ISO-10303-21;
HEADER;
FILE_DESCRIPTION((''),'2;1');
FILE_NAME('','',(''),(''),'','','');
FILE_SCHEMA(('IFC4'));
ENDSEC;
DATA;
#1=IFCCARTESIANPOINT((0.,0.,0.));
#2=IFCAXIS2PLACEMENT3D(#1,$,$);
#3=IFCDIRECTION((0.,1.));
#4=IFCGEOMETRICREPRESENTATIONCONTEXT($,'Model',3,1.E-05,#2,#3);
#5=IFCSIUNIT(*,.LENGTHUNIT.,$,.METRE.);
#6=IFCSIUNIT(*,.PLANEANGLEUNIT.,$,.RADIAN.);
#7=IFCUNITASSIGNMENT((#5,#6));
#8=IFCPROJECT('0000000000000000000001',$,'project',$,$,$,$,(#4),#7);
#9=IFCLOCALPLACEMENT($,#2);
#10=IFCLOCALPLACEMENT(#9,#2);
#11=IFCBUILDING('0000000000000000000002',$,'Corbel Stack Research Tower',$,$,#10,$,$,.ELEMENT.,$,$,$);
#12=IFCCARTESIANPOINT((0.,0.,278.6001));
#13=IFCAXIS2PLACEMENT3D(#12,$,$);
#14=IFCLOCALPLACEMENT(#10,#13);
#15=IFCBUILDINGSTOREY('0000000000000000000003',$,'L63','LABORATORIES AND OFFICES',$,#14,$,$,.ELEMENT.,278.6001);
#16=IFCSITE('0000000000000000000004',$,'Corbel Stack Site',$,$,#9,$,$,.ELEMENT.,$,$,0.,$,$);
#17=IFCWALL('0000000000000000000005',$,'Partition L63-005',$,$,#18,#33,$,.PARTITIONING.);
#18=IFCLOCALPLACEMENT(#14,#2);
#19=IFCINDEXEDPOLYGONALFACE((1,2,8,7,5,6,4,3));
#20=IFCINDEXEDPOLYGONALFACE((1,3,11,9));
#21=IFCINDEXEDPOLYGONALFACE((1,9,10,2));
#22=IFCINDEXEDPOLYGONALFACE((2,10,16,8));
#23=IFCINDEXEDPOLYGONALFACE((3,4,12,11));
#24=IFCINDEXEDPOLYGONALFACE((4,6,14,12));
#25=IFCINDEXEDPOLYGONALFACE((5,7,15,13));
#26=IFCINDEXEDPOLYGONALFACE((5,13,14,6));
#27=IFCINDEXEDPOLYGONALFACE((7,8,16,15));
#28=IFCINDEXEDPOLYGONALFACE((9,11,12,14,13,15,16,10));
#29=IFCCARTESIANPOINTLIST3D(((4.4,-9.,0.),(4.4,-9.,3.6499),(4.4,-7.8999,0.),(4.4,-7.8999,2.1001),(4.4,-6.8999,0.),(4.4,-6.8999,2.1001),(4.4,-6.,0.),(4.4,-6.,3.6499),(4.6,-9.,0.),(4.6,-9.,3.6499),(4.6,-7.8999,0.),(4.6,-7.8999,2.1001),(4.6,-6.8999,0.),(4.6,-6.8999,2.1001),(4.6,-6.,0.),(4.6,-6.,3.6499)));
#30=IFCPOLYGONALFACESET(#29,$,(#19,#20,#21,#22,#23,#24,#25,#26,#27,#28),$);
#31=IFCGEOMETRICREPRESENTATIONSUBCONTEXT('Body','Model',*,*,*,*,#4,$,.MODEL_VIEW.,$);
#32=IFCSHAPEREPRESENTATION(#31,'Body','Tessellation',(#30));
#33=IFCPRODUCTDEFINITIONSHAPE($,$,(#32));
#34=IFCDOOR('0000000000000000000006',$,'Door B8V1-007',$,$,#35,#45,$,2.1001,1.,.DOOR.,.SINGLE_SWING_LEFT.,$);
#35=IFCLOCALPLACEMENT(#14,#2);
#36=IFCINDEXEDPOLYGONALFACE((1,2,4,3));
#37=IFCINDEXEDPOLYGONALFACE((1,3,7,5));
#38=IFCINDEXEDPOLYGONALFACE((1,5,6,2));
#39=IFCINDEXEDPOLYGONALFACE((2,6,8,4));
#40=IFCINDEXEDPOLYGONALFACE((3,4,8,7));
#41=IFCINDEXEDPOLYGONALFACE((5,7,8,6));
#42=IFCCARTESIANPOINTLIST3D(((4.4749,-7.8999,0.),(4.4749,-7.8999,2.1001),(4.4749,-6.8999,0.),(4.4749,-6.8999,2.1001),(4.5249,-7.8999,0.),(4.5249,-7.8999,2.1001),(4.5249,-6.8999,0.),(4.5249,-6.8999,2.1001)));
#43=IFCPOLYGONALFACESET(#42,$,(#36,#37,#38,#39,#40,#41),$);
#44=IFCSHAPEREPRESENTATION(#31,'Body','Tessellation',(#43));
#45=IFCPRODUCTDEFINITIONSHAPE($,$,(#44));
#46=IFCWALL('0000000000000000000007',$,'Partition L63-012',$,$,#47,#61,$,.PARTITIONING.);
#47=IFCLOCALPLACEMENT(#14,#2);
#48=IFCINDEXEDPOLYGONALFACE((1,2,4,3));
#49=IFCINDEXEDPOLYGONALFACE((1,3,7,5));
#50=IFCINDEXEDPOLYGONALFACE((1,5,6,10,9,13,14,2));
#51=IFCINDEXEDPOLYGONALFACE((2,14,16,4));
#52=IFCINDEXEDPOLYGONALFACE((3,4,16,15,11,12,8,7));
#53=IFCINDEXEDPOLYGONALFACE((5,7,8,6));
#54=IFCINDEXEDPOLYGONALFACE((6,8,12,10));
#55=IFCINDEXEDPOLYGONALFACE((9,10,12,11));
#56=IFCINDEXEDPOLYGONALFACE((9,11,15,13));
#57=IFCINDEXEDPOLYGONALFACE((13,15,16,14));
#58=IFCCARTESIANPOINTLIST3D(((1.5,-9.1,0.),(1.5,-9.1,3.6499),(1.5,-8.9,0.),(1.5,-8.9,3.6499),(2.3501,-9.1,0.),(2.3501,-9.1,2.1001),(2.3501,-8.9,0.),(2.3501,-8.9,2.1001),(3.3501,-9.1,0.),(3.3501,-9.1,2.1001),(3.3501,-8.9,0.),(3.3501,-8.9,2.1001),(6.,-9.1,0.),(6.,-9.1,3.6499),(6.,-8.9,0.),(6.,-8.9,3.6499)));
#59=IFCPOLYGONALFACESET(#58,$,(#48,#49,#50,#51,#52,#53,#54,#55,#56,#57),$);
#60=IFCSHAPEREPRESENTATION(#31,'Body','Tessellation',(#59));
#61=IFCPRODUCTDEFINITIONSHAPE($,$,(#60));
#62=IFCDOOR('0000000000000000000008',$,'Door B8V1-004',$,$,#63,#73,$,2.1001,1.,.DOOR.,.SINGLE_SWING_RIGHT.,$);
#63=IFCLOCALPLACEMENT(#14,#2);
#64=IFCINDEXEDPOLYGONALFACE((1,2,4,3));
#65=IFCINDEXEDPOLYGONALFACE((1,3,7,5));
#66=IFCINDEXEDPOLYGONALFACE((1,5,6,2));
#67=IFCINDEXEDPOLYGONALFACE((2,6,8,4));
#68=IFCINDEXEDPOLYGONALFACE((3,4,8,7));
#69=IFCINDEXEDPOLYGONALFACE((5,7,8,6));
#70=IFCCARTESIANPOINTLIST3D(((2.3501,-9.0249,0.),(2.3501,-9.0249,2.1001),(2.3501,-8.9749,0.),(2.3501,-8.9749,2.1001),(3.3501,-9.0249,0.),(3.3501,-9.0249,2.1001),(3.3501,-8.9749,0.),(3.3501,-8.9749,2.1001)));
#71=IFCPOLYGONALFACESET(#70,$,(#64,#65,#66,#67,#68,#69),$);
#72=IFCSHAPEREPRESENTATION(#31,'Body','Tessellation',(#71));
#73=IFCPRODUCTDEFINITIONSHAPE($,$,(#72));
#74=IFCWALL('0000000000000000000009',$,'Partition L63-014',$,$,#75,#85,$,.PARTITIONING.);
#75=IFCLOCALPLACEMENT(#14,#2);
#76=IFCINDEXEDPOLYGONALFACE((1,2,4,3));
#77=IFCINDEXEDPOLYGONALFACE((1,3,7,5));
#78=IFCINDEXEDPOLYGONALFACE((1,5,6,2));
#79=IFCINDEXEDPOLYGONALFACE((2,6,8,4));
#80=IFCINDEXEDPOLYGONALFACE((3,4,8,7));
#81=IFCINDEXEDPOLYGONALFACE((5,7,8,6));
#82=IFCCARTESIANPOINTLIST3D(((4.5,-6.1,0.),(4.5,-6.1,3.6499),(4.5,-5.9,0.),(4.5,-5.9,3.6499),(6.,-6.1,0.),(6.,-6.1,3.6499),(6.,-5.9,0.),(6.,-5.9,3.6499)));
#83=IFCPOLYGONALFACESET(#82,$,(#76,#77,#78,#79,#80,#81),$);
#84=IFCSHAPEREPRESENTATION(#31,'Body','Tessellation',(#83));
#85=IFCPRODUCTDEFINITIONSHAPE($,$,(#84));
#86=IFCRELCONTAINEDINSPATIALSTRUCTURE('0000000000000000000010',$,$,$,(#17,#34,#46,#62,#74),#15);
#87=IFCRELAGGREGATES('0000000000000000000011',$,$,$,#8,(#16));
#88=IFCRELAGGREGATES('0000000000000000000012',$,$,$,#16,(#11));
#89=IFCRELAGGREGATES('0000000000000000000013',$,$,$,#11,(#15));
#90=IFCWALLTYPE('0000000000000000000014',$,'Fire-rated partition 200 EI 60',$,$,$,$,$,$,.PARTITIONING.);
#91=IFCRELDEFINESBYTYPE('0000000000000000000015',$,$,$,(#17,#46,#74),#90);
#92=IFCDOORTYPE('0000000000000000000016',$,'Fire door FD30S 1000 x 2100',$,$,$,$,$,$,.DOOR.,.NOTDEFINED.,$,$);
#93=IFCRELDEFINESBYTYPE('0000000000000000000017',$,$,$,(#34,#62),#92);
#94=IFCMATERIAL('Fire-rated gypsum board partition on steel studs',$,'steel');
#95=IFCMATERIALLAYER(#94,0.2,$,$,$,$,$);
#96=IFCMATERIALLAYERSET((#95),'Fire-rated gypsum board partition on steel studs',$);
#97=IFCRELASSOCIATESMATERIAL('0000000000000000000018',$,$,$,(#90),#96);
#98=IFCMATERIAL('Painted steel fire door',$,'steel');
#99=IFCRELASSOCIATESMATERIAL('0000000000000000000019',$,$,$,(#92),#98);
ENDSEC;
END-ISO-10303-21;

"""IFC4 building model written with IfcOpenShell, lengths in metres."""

from ifc_helpers import new_model, si_unit, direction, frame, frame_2d, origin, place, context, subcontext, project, spatial, rectangle, extrude, material, layer, layer_set, type_object, element, fill, save


model = new_model("IFC4")

# Units and contexts
model_context = context("Model", 3, precision=1e-05, world=origin(), true_north=direction((0.0, 1.0)))
body_context = subcontext(model_context, "Body", "Model", "MODEL_VIEW")
ifc_project = project(units=[si_unit("LENGTHUNIT", "METRE"), si_unit("PLANEANGLEUNIT", "RADIAN")], contexts=[model_context])

# Site, building, storey
site_placement = place(None, origin())
site = spatial("IfcSite", under=ifc_project, at=site_placement, Name="Corbel Stack Site", CompositionType="ELEMENT", RefElevation=0.0)
building_placement = place(site_placement, origin())
building = spatial("IfcBuilding", under=site, at=building_placement, Name="Corbel Stack Research Tower", CompositionType="ELEMENT")
storey_placement = place(building_placement, frame((0.0, 0.0, 278.6001)))
storey = spatial("IfcBuildingStorey", under=building, at=storey_placement, Name="L63", Description="LABORATORIES AND OFFICES", CompositionType="ELEMENT", Elevation=278.6001)

# Walls, openings, doors
ifc_material_1 = material(Name="Fire-rated gypsum board partition on steel studs", Category="steel")
ifc_layer_1 = layer(ifc_material_1, 0.2)
ifc_layer_set_1 = layer_set([ifc_layer_1], Name="Fire-rated gypsum board partition on steel studs")
wall_type_1 = type_object("IfcWallType", Name="Fire-rated partition 200 EI 60", PredefinedType="PARTITIONING", material=ifc_layer_set_1)
wall_1_placement = place(storey_placement, frame((4.5, -6.0, 0.0), z_axis=(0.0, 0.0, 1.0), x_axis=(0.0, -1.0, 0.0)))
wall_1 = element("IfcWall", 1, at=wall_1_placement, inside=storey, type_object=wall_type_1, Name="Partition L63-005", PredefinedType="PARTITIONING", context=body_context, shape_type="SweptSolid", body=[
    extrude(rectangle(XDim=3.0, YDim=0.2, at=frame_2d((1.5, 0.0))), origin(), (0.0, 0.0, 1.0), 3.6499),
])
opening_1_placement = place(wall_1_placement, frame((0.8999, 0.0, 0.0)))
opening_1 = element("IfcOpeningElement", 2, at=opening_1_placement, cuts=wall_1, PredefinedType="OPENING", context=body_context, shape_type="SweptSolid", body=[
    extrude(rectangle(XDim=1.0, YDim=2.1001, at=frame_2d((0.5, 1.05))), frame((0.0, 0.1099, 0.0), z_axis=(0.0, -1.0, 0.0), x_axis=(1.0, 0.0, 0.0)), (0.0, 0.0, 1.0), 0.22),
])
ifc_material_2 = material(Name="Painted steel fire door", Category="steel")
door_type_1 = type_object("IfcDoorType", Name="Fire door FD30S 1000 x 2100", OperationType="NOTDEFINED", PredefinedType="DOOR", material=ifc_material_2)
door_1_placement = place(opening_1_placement, origin())
door_1 = element("IfcDoor", 3, at=door_1_placement, inside=storey, type_object=door_type_1, Name="Door B8V1-007", OperationType="SINGLE_SWING_LEFT", OverallHeight=2.1001, OverallWidth=1.0, PredefinedType="DOOR", context=body_context, shape_type="SweptSolid", body=[
    extrude(rectangle(XDim=1.0, YDim=2.1001, at=frame_2d((0.5, 1.05))), frame((0.0, 0.0249, 0.0), z_axis=(0.0, -1.0, 0.0), x_axis=(1.0, 0.0, 0.0)), (0.0, 0.0, 1.0), 0.05),
])
fill(opening_1, door_1)
wall_2_placement = place(storey_placement, frame((6.0, -9.0, 0.0), z_axis=(0.0, 0.0, 1.0), x_axis=(-1.0, 0.0, 0.0)))
wall_2 = element("IfcWall", 4, at=wall_2_placement, inside=storey, type_object=wall_type_1, Name="Partition L63-012", PredefinedType="PARTITIONING", context=body_context, shape_type="SweptSolid", body=[
    extrude(rectangle(XDim=4.5, YDim=0.2, at=frame_2d((2.25, 0.0))), origin(), (0.0, 0.0, 1.0), 3.6499),
])
opening_2_placement = place(wall_2_placement, frame((2.6499, 0.0, 0.0)))
opening_2 = element("IfcOpeningElement", 5, at=opening_2_placement, cuts=wall_2, PredefinedType="OPENING", context=body_context, shape_type="SweptSolid", body=[
    extrude(rectangle(XDim=1.0, YDim=2.1001, at=frame_2d((0.5, 1.05))), frame((0.0, 0.1099, 0.0), z_axis=(0.0, -1.0, 0.0), x_axis=(1.0, 0.0, 0.0)), (0.0, 0.0, 1.0), 0.22),
])
door_2_placement = place(opening_2_placement, origin())
door_2 = element("IfcDoor", 6, at=door_2_placement, inside=storey, type_object=door_type_1, Name="Door B8V1-004", OperationType="SINGLE_SWING_RIGHT", OverallHeight=2.1001, OverallWidth=1.0, PredefinedType="DOOR", context=body_context, shape_type="SweptSolid", body=[
    extrude(rectangle(XDim=1.0, YDim=2.1001, at=frame_2d((0.5, 1.05))), frame((0.0, 0.0249, 0.0), z_axis=(0.0, -1.0, 0.0), x_axis=(1.0, 0.0, 0.0)), (0.0, 0.0, 1.0), 0.05),
])
fill(opening_2, door_2)

# Wall
wall_3_placement = place(storey_placement, frame((4.5, -6.0, 0.0), z_axis=(0.0, 0.0, 1.0), x_axis=(1.0, 0.0, 0.0)))
element("IfcWall", 7, at=wall_3_placement, inside=storey, type_object=wall_type_1, Name="Partition L63-014", PredefinedType="PARTITIONING", context=body_context, shape_type="SweptSolid", body=[
    extrude(rectangle(XDim=1.5, YDim=0.2, at=frame_2d((0.75, 0.0))), origin(), (0.0, 0.0, 1.0), 3.6499),
])

save(model, "model.ifc")
